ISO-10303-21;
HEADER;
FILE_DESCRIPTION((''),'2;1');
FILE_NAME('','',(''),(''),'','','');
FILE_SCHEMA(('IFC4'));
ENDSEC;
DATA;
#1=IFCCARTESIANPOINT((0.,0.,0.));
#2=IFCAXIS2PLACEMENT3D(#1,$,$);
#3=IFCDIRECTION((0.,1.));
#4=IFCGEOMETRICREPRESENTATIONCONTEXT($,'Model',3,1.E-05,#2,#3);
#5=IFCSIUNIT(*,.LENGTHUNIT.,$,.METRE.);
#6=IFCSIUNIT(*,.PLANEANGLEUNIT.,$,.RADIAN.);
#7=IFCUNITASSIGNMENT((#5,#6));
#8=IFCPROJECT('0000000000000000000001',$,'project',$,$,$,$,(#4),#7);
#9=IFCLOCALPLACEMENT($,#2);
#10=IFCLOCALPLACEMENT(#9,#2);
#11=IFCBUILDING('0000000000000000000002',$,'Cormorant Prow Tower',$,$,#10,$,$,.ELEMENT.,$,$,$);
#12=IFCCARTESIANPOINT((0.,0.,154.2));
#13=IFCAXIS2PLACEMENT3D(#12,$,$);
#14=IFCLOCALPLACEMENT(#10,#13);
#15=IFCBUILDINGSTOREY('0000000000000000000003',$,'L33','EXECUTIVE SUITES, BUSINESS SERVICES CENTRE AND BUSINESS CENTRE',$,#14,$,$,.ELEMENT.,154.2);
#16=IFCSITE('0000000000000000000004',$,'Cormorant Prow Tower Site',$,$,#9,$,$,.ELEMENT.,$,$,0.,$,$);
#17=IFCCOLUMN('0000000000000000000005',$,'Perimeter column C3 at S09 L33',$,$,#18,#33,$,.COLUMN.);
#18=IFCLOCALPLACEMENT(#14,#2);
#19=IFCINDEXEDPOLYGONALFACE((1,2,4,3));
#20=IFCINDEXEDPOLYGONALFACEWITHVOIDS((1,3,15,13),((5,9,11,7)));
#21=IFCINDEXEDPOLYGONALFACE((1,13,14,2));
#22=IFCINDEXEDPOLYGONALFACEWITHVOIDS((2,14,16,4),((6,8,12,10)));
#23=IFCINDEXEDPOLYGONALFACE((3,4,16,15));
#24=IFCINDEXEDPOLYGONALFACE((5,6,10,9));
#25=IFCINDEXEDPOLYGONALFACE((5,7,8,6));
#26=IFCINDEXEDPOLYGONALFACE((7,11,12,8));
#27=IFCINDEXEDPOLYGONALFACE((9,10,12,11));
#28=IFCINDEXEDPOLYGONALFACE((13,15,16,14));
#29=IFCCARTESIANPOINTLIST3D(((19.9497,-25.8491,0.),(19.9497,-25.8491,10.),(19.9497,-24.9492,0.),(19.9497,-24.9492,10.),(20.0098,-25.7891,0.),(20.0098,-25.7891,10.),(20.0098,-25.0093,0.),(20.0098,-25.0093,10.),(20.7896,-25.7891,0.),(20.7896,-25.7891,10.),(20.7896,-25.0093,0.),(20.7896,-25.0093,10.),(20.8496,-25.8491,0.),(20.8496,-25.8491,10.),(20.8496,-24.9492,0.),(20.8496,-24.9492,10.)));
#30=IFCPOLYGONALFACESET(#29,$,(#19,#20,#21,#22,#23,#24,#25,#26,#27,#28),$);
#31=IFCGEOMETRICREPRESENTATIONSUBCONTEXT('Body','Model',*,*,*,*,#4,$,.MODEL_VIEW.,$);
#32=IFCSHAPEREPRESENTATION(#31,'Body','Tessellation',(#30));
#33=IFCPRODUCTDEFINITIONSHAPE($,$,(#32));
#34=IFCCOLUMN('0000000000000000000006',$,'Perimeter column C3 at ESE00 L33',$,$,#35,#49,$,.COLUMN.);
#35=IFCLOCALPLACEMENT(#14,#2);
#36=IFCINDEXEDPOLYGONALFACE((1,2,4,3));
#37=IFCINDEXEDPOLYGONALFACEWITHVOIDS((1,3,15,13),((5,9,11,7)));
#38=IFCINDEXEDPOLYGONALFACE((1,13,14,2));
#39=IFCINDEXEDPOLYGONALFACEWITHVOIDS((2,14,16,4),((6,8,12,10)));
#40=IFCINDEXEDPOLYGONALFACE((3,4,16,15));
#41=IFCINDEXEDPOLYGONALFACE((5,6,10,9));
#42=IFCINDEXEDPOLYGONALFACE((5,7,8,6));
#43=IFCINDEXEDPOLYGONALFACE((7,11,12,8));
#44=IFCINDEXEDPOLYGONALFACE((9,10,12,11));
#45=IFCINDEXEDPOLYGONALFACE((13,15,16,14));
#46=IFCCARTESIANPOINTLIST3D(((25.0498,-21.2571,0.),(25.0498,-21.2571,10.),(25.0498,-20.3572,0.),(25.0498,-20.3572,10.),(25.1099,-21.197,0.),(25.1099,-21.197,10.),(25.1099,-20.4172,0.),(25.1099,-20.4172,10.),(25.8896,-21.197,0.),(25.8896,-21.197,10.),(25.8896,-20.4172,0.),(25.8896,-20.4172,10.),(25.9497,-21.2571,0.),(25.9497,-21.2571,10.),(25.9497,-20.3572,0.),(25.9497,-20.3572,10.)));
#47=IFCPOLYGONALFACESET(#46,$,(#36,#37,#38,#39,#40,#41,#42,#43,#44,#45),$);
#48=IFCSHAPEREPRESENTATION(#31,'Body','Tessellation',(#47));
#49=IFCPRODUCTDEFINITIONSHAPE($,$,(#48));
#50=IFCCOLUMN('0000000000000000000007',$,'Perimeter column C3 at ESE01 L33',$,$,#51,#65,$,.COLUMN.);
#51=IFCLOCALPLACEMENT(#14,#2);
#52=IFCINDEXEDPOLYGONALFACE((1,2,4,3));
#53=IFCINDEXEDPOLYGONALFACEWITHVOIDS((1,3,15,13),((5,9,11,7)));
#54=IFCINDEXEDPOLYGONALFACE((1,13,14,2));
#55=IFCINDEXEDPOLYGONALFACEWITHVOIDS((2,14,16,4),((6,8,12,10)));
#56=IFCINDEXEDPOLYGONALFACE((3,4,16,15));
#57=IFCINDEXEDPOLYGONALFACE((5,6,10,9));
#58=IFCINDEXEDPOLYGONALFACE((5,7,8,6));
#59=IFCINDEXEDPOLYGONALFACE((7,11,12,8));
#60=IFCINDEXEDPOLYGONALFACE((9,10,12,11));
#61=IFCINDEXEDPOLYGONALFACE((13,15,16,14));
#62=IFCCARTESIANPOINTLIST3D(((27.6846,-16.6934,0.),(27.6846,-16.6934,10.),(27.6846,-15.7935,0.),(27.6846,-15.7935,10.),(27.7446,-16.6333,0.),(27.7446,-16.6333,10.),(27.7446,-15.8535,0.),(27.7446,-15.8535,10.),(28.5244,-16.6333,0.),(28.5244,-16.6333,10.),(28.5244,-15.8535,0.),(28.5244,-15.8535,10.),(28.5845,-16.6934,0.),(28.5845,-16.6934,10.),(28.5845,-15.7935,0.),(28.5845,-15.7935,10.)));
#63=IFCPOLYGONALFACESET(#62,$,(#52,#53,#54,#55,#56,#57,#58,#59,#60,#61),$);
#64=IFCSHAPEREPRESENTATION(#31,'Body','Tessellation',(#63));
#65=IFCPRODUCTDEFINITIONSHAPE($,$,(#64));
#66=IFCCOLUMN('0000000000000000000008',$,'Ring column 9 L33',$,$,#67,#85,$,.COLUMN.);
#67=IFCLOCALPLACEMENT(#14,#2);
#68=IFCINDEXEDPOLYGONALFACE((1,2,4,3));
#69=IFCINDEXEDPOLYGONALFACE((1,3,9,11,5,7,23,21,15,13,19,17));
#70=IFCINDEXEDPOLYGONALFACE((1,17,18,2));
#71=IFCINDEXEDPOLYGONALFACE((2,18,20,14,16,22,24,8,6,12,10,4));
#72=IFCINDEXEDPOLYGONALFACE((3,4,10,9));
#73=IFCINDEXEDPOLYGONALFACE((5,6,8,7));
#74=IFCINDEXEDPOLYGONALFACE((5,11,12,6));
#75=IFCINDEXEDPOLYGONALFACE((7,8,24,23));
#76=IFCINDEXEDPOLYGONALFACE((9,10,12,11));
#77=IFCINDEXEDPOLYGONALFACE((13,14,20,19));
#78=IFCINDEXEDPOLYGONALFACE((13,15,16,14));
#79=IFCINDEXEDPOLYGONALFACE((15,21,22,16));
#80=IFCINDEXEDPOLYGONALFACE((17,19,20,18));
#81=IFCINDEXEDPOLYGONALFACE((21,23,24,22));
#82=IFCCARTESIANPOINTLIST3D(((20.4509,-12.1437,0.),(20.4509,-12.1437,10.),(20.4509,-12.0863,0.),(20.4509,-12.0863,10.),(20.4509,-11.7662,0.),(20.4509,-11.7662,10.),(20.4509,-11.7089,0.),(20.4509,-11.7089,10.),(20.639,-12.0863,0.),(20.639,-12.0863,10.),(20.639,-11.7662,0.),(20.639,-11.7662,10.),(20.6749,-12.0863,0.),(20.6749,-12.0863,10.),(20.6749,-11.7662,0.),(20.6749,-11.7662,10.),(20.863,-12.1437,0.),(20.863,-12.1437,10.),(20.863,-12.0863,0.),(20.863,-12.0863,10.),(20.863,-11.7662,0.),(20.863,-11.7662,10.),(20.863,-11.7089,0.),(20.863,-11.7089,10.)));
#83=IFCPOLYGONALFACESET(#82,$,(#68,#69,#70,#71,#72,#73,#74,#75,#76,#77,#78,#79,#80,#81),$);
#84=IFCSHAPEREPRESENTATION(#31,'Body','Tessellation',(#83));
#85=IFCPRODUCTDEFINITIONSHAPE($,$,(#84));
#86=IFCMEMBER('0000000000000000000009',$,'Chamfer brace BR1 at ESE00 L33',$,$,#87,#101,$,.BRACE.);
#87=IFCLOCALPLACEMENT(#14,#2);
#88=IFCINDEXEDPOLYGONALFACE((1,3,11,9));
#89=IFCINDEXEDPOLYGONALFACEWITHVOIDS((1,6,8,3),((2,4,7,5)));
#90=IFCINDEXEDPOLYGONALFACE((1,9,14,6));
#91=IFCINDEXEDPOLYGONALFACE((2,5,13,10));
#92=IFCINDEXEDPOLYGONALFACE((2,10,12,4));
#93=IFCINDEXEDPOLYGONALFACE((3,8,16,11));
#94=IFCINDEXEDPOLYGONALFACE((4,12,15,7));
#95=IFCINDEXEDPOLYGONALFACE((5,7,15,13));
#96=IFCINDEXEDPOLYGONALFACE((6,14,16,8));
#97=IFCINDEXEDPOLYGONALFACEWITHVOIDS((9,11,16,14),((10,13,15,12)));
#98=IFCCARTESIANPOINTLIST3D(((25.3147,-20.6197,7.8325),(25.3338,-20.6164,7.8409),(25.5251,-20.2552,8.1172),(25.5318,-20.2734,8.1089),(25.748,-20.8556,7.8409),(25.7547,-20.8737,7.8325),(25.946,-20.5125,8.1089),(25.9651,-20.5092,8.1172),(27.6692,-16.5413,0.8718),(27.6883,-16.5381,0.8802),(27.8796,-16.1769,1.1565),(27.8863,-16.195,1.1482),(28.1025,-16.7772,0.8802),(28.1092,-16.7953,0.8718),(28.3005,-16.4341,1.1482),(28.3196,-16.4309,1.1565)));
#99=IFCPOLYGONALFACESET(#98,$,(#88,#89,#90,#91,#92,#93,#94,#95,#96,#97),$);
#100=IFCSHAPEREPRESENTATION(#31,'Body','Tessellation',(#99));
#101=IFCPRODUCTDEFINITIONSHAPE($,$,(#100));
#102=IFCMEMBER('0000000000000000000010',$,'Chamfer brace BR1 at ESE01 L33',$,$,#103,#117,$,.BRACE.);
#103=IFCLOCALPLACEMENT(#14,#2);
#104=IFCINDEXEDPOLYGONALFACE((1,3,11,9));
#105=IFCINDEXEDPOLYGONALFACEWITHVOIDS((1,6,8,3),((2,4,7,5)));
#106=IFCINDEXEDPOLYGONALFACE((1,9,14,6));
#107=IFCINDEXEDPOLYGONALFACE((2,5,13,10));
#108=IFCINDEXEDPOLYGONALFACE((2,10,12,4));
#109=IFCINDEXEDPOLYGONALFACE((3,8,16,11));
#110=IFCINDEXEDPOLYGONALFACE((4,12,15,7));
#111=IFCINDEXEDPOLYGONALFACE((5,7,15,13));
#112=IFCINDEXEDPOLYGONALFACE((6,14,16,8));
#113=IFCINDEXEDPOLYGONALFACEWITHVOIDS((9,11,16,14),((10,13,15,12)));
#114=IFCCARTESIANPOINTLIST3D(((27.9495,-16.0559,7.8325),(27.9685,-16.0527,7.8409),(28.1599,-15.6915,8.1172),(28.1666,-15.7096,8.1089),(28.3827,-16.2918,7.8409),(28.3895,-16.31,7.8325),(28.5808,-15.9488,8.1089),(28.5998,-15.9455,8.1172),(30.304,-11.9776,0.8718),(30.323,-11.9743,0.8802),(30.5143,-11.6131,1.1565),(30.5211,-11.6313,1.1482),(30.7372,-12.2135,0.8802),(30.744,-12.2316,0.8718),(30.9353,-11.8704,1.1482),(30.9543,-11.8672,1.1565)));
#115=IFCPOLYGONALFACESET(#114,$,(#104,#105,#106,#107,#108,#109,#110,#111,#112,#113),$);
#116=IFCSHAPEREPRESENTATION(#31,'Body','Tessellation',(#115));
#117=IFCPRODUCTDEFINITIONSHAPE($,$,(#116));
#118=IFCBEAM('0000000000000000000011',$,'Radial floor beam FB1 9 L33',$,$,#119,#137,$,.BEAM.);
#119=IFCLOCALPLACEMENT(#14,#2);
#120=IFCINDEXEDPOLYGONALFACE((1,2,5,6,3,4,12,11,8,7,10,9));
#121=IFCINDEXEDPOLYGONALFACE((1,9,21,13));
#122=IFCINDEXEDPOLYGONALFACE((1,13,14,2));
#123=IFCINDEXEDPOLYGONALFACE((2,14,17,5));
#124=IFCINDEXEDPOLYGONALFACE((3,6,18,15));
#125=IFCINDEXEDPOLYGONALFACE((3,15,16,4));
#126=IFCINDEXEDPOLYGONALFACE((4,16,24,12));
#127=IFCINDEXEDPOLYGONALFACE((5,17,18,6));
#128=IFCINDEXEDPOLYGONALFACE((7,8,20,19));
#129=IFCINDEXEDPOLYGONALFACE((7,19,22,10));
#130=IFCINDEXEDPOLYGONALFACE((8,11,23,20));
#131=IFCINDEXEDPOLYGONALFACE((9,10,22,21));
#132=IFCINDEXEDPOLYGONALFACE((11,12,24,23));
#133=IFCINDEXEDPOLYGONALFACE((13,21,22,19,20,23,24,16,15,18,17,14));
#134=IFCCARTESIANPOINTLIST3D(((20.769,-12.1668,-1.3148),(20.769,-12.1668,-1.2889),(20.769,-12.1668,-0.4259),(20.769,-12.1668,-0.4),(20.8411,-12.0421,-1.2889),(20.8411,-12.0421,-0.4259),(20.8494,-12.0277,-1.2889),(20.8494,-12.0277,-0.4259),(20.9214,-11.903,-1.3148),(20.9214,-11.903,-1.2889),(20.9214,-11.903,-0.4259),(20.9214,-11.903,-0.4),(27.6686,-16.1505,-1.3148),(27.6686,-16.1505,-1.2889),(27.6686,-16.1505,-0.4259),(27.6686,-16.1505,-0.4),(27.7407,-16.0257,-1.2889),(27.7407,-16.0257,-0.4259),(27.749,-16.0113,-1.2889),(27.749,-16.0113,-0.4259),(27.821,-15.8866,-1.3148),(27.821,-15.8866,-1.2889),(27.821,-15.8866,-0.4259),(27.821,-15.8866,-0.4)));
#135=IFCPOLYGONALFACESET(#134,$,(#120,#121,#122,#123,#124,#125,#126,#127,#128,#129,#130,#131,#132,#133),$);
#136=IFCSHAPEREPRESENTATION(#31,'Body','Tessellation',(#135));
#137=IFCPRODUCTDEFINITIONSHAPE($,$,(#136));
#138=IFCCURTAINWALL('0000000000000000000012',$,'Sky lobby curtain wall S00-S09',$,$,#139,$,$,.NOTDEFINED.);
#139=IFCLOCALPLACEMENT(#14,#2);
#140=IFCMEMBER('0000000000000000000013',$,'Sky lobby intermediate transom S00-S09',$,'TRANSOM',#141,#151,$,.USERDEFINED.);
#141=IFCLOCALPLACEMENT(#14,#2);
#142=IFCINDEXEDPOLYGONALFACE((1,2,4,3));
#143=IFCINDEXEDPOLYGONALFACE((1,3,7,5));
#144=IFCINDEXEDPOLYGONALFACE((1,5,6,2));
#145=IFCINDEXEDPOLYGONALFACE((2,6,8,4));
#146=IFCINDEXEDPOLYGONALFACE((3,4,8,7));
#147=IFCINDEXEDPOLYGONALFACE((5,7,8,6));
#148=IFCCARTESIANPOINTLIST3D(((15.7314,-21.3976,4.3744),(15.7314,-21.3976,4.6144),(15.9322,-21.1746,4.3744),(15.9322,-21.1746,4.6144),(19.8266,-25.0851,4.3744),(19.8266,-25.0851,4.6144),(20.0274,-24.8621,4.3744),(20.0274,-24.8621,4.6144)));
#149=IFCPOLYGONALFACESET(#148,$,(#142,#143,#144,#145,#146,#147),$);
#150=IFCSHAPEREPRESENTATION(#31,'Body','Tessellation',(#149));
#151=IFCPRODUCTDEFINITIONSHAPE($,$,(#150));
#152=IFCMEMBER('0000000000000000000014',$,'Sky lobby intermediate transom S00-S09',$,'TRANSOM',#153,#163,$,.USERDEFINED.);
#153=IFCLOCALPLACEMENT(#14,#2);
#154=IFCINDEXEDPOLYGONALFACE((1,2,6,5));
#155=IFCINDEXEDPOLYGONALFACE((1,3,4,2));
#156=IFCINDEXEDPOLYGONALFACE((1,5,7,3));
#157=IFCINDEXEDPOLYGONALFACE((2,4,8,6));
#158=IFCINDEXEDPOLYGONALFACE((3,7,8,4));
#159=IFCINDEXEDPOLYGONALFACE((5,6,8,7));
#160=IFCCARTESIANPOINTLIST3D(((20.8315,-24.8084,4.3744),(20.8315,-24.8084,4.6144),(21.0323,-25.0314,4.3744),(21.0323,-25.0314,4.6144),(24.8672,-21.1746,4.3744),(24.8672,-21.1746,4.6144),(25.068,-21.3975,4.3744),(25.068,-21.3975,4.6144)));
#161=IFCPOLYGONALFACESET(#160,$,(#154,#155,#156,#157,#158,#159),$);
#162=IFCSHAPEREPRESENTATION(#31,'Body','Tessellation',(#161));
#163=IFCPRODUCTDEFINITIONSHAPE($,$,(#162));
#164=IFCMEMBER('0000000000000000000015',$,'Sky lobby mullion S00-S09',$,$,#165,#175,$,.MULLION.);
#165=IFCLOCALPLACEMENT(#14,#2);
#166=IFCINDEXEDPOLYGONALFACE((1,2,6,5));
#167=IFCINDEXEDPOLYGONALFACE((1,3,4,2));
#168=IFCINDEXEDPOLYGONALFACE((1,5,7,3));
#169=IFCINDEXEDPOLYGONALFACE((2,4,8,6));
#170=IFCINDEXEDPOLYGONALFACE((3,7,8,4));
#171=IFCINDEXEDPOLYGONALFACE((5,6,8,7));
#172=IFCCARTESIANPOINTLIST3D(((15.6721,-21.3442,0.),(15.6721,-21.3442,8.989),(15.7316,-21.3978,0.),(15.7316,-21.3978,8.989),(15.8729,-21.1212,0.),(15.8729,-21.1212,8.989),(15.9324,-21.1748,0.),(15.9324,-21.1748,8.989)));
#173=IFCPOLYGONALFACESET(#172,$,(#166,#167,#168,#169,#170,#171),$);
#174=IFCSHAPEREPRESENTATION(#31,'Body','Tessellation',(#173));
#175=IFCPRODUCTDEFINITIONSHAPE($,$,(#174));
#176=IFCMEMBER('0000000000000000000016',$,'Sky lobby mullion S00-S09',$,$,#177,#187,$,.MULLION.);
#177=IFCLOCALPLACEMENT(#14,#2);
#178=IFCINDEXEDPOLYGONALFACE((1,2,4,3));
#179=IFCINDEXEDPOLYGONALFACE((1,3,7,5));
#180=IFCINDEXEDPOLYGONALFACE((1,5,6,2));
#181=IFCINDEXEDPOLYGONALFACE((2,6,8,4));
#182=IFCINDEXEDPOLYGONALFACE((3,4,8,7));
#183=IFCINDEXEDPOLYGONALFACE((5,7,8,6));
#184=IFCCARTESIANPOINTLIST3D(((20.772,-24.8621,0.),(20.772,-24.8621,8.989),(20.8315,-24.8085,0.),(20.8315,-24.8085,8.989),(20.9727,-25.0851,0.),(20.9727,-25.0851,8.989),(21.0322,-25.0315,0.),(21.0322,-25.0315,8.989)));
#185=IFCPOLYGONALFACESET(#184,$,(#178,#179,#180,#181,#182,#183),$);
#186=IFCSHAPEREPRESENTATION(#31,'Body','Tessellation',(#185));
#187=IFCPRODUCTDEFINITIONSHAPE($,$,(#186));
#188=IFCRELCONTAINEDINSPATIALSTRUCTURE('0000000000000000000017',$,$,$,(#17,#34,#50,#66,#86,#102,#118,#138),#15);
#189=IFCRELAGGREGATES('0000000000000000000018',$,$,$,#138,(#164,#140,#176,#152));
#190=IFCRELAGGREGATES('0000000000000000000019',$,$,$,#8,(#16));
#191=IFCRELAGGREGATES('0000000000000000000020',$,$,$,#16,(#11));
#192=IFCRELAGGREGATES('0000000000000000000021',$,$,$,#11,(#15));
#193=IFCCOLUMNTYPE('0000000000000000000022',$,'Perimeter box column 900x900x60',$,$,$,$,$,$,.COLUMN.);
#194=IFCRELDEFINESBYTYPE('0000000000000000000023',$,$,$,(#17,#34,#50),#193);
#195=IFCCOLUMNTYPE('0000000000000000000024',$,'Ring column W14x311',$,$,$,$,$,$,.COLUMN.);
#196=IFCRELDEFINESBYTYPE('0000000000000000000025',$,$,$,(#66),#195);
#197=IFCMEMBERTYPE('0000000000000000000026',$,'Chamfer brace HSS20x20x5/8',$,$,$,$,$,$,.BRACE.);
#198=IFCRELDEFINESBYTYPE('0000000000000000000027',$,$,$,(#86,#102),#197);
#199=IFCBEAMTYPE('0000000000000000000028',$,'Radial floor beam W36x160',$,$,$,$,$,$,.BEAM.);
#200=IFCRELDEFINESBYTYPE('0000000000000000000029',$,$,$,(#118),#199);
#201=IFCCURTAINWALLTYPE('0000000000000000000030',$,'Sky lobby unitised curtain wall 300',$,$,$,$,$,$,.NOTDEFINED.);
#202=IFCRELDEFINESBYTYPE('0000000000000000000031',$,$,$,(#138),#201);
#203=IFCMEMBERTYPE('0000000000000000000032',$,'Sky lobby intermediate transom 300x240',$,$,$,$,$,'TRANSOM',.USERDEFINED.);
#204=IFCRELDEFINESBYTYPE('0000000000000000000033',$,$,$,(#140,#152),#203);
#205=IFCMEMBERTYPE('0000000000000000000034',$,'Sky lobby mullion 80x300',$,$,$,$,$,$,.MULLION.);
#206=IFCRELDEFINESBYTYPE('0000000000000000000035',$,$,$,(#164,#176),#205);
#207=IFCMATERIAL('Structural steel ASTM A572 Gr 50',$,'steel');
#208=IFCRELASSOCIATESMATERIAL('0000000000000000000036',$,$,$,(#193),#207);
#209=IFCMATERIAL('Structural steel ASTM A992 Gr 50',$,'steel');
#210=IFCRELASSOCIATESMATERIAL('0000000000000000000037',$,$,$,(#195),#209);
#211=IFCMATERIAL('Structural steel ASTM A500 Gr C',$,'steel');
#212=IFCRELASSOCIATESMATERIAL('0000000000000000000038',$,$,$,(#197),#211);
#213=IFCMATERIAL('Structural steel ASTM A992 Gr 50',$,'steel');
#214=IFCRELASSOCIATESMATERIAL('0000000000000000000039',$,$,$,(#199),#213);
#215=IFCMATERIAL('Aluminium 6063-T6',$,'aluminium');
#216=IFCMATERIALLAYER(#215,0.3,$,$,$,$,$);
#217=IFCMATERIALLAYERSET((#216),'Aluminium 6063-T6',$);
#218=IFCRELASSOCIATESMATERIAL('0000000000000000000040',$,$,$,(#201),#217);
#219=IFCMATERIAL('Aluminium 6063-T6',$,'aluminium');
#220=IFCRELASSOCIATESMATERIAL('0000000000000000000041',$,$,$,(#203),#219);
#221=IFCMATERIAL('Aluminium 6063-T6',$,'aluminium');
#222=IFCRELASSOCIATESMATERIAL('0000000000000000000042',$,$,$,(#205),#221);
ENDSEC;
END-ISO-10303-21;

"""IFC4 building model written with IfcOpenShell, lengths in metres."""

from ifc_helpers import new_model, si_unit, direction, frame, origin, origin_2d, place, context, subcontext, project, spatial, rectangle, hollow_rectangle, i_section, extrude, material, layer, layer_set, material_profile, profile_set, type_object, element, aggregate, save


model = new_model("IFC4")

# Units and contexts
model_context = context("Model", 3, precision=1e-05, world=origin(), true_north=direction((0.0, 1.0)))
body_context = subcontext(model_context, "Body", "Model", "MODEL_VIEW")
ifc_project = project(units=[si_unit("LENGTHUNIT", "METRE"), si_unit("PLANEANGLEUNIT", "RADIAN")], contexts=[model_context])

# Site, building, storey
site_placement = place(None, origin())
site = spatial("IfcSite", under=ifc_project, at=site_placement, Name="Cormorant Prow Tower Site", CompositionType="ELEMENT", RefElevation=0.0)
building_placement = place(site_placement, origin())
building = spatial("IfcBuilding", under=site, at=building_placement, Name="Cormorant Prow Tower", CompositionType="ELEMENT")
storey_placement = place(building_placement, frame((0.0, 0.0, 154.2)))
storey = spatial("IfcBuildingStorey", under=building, at=storey_placement, Name="L33", Description="EXECUTIVE SUITES, BUSINESS SERVICES CENTRE AND BUSINESS CENTRE", CompositionType="ELEMENT", Elevation=154.2)

# Columns
ifc_material_1 = material(Name="Structural steel ASTM A572 Gr 50", Category="steel")
ifc_material_profile_1 = material_profile(ifc_material_1, hollow_rectangle(XDim=0.8999, YDim=0.8999, WallThickness=0.0601, at=origin_2d()), Name="Box 900x900x60")
ifc_profile_set_1 = profile_set([ifc_material_profile_1], Name="Structural steel ASTM A572 Gr 50")
column_type_1 = type_object("IfcColumnType", Name="Perimeter box column 900x900x60", PredefinedType="COLUMN", material=ifc_profile_set_1)
for number, where, z_axis, x_axis, name in (
    (1, (20.3997, -25.3992, 0.0), (0.0, 0.0, 1.0), (1.0, 0.0, 0.0), "Perimeter column C3 at S09 L33"),
    (2, (25.4998, -20.8071, 0.0), (0.0, 0.0, 1.0), (1.0, 0.0, 0.0), "Perimeter column C3 at ESE00 L33"),
    (3, (28.1345, -16.2434, 0.0), (0.0, 0.0, 1.0), (1.0, 0.0, 0.0), "Perimeter column C3 at ESE01 L33"),
):
    element("IfcColumn", number, at=place(storey_placement, frame(where, z_axis=z_axis, x_axis=x_axis)), inside=storey, type_object=column_type_1, Name=name, PredefinedType="COLUMN", context=body_context, shape_type="SweptSolid", body=[
        extrude(hollow_rectangle(XDim=0.8999, YDim=0.8999, WallThickness=0.0601, at=origin_2d()), origin(), (0.0, 0.0, 1.0), 10.0),
    ])
ifc_material_2 = material(Name="Structural steel ASTM A992 Gr 50", Category="steel")
ifc_material_profile_2 = material_profile(ifc_material_2, i_section(OverallWidth=0.4121, OverallDepth=0.4348, WebThickness=0.0359, FlangeThickness=0.0574, at=origin_2d()), Name="W14x311")
ifc_profile_set_2 = profile_set([ifc_material_profile_2], Name="Structural steel ASTM A992 Gr 50")
column_type_2 = type_object("IfcColumnType", Name="Ring column W14x311", PredefinedType="COLUMN", material=ifc_profile_set_2)
column_placement = place(storey_placement, frame((20.657, -11.9263, 0.0), z_axis=(0.0, 0.0, 1.0), x_axis=(1.0, 0.0, 0.0)))
element("IfcColumn", 4, at=column_placement, inside=storey, type_object=column_type_2, Name="Ring column 9 L33", PredefinedType="COLUMN", context=body_context, shape_type="SweptSolid", body=[
    extrude(i_section(OverallWidth=0.4121, OverallDepth=0.4348, WebThickness=0.0359, FlangeThickness=0.0574, at=origin_2d()), origin(), (0.0, 0.0, 1.0), 10.0),
])

# Members
ifc_material_3 = material(Name="Structural steel ASTM A500 Gr C", Category="steel")
ifc_material_profile_3 = material_profile(ifc_material_3, hollow_rectangle(XDim=0.5081, YDim=0.5081, WallThickness=0.0149, at=origin_2d()), Name="HSS20x20x5/8")
ifc_profile_set_3 = profile_set([ifc_material_profile_3], Name="Structural steel ASTM A500 Gr C")
member_type_1 = type_object("IfcMemberType", Name="Chamfer brace HSS20x20x5/8", PredefinedType="BRACE", material=ifc_profile_set_3)
for number, where, z_axis, x_axis, name in (
    (5, (27.9944, -16.4861, 1.0142), (-0.280162, -0.485286, 0.828255), (0.86604, -0.499975, 0.0), "Chamfer brace BR1 at ESE00 L33"),
    (6, (30.6292, -11.9224, 1.0142), (-0.280162, -0.485286, 0.828255), (0.86604, -0.499975, 0.0), "Chamfer brace BR1 at ESE01 L33"),
):
    element("IfcMember", number, at=place(storey_placement, frame(where, z_axis=z_axis, x_axis=x_axis)), inside=storey, type_object=member_type_1, Name=name, PredefinedType="BRACE", context=body_context, shape_type="SweptSolid", body=[
        extrude(hollow_rectangle(XDim=0.5081, YDim=0.5081, WallThickness=0.0149, at=origin_2d()), origin(), (0.0, 0.0, 1.0), 8.4041),
    ])

# Beam
ifc_material_4 = material(Name="Structural steel ASTM A992 Gr 50", Category="steel")
ifc_material_profile_4 = material_profile(ifc_material_4, i_section(OverallWidth=0.3047, OverallDepth=0.9148, WebThickness=0.0166, FlangeThickness=0.0259, at=origin_2d()), Name="W36x160")
ifc_profile_set_4 = profile_set([ifc_material_profile_4], Name="Structural steel ASTM A992 Gr 50")
beam_type_1 = type_object("IfcBeamType", Name="Radial floor beam W36x160", PredefinedType="BEAM", material=ifc_profile_set_4)
beam_1_placement = place(storey_placement, frame((20.8452, -12.0349, -0.8574), z_axis=(0.866019, -0.500012, 0.0), x_axis=(0.500012, 0.866019, 0.0)))
element("IfcBeam", 7, at=beam_1_placement, inside=storey, type_object=beam_type_1, Name="Radial floor beam FB1 9 L33", PredefinedType="BEAM", context=body_context, shape_type="SweptSolid", body=[
    extrude(i_section(OverallWidth=0.3047, OverallDepth=0.9148, WebThickness=0.0166, FlangeThickness=0.0259, at=origin_2d()), origin(), (0.0, 0.0, 1.0), 7.967),
])

# Curtain wall, members
ifc_material_5 = material(Name="Aluminium 6063-T6", Category="aluminium")
ifc_layer_1 = layer(ifc_material_5, 0.3)
ifc_layer_set_1 = layer_set([ifc_layer_1], Name="Aluminium 6063-T6")
curtain_wall_type = type_object("IfcCurtainWallType", Name="Sky lobby unitised curtain wall 300", PredefinedType="NOTDEFINED", material=ifc_layer_set_1)
curtain_wall_placement = place(storey_placement, origin())
curtain_wall = element("IfcCurtainWall", 8, at=curtain_wall_placement, inside=storey, type_object=curtain_wall_type, Name="Sky lobby curtain wall S00-S09", PredefinedType="NOTDEFINED")
ifc_material_6 = material(Name="Aluminium 6063-T6", Category="aluminium")
ifc_material_profile_5 = material_profile(ifc_material_6, rectangle(XDim=0.3, YDim=0.24, at=origin_2d()), Name="Sky lobby intermediate transom 300x240")
ifc_profile_set_5 = profile_set([ifc_material_profile_5], Name="Aluminium 6063-T6")
member_type_2 = type_object("IfcMemberType", Name="Sky lobby intermediate transom 300x240", ElementType="TRANSOM", PredefinedType="USERDEFINED", material=ifc_profile_set_5)
member_1_placement = place(storey_placement, frame((15.8318, -21.2861, 4.4944), z_axis=(0.743131, -0.669146, 0.0), x_axis=(0.669146, 0.743131, 0.0)))
member_1 = element("IfcMember", 9, at=member_1_placement, type_object=member_type_2, Name="Sky lobby intermediate transom S00-S09", ObjectType="TRANSOM", PredefinedType="USERDEFINED", context=body_context, shape_type="SweptSolid", body=[
    extrude(rectangle(XDim=0.3, YDim=0.24, at=origin_2d()), origin(), (0.0, 0.0, 1.0), 5.5107),
])
member_2_placement = place(storey_placement, frame((20.9319, -24.9199, 4.4944), z_axis=(0.743138, 0.669139, 0.0), x_axis=(-0.669139, 0.743138, 0.0)))
member_2 = element("IfcMember", 10, at=member_2_placement, type_object=member_type_2, Name="Sky lobby intermediate transom S00-S09", ObjectType="TRANSOM", PredefinedType="USERDEFINED", context=body_context, shape_type="SweptSolid", body=[
    extrude(rectangle(XDim=0.3, YDim=0.24, at=origin_2d()), origin(), (0.0, 0.0, 1.0), 5.4307),
])
ifc_material_7 = material(Name="Aluminium 6063-T6", Category="aluminium")
ifc_material_profile_6 = material_profile(ifc_material_7, rectangle(XDim=0.3, YDim=0.0801, at=origin_2d()), Name="Sky lobby mullion 80x300")
ifc_profile_set_6 = profile_set([ifc_material_profile_6], Name="Aluminium 6063-T6")
member_type_3 = type_object("IfcMemberType", Name="Sky lobby mullion 80x300", PredefinedType="MULLION", material=ifc_profile_set_6)
member_3_placement = place(storey_placement, frame((15.8022, -21.2595, 0.0), z_axis=(0.0, 0.0, 1.0), x_axis=(0.669131, 0.743145, 0.0)))
member_3 = element("IfcMember", 11, at=member_3_placement, type_object=member_type_3, Name="Sky lobby mullion S00-S09", PredefinedType="MULLION", context=body_context, shape_type="SweptSolid", body=[
    extrude(rectangle(XDim=0.3, YDim=0.0801, at=origin_2d()), origin(), (0.0, 0.0, 1.0), 8.989),
])
member_4_placement = place(storey_placement, frame((20.9021, -24.9468, 0.0), z_axis=(0.0, 0.0, 1.0), x_axis=(-0.669131, 0.743145, 0.0)))
member_4 = element("IfcMember", 12, at=member_4_placement, type_object=member_type_3, Name="Sky lobby mullion S00-S09", PredefinedType="MULLION", context=body_context, shape_type="SweptSolid", body=[
    extrude(rectangle(XDim=0.3, YDim=0.0801, at=origin_2d()), origin(), (0.0, 0.0, 1.0), 8.989),
])

aggregate(curtain_wall, [member_3, member_1, member_4, member_2])

save(model, "model.ifc")
